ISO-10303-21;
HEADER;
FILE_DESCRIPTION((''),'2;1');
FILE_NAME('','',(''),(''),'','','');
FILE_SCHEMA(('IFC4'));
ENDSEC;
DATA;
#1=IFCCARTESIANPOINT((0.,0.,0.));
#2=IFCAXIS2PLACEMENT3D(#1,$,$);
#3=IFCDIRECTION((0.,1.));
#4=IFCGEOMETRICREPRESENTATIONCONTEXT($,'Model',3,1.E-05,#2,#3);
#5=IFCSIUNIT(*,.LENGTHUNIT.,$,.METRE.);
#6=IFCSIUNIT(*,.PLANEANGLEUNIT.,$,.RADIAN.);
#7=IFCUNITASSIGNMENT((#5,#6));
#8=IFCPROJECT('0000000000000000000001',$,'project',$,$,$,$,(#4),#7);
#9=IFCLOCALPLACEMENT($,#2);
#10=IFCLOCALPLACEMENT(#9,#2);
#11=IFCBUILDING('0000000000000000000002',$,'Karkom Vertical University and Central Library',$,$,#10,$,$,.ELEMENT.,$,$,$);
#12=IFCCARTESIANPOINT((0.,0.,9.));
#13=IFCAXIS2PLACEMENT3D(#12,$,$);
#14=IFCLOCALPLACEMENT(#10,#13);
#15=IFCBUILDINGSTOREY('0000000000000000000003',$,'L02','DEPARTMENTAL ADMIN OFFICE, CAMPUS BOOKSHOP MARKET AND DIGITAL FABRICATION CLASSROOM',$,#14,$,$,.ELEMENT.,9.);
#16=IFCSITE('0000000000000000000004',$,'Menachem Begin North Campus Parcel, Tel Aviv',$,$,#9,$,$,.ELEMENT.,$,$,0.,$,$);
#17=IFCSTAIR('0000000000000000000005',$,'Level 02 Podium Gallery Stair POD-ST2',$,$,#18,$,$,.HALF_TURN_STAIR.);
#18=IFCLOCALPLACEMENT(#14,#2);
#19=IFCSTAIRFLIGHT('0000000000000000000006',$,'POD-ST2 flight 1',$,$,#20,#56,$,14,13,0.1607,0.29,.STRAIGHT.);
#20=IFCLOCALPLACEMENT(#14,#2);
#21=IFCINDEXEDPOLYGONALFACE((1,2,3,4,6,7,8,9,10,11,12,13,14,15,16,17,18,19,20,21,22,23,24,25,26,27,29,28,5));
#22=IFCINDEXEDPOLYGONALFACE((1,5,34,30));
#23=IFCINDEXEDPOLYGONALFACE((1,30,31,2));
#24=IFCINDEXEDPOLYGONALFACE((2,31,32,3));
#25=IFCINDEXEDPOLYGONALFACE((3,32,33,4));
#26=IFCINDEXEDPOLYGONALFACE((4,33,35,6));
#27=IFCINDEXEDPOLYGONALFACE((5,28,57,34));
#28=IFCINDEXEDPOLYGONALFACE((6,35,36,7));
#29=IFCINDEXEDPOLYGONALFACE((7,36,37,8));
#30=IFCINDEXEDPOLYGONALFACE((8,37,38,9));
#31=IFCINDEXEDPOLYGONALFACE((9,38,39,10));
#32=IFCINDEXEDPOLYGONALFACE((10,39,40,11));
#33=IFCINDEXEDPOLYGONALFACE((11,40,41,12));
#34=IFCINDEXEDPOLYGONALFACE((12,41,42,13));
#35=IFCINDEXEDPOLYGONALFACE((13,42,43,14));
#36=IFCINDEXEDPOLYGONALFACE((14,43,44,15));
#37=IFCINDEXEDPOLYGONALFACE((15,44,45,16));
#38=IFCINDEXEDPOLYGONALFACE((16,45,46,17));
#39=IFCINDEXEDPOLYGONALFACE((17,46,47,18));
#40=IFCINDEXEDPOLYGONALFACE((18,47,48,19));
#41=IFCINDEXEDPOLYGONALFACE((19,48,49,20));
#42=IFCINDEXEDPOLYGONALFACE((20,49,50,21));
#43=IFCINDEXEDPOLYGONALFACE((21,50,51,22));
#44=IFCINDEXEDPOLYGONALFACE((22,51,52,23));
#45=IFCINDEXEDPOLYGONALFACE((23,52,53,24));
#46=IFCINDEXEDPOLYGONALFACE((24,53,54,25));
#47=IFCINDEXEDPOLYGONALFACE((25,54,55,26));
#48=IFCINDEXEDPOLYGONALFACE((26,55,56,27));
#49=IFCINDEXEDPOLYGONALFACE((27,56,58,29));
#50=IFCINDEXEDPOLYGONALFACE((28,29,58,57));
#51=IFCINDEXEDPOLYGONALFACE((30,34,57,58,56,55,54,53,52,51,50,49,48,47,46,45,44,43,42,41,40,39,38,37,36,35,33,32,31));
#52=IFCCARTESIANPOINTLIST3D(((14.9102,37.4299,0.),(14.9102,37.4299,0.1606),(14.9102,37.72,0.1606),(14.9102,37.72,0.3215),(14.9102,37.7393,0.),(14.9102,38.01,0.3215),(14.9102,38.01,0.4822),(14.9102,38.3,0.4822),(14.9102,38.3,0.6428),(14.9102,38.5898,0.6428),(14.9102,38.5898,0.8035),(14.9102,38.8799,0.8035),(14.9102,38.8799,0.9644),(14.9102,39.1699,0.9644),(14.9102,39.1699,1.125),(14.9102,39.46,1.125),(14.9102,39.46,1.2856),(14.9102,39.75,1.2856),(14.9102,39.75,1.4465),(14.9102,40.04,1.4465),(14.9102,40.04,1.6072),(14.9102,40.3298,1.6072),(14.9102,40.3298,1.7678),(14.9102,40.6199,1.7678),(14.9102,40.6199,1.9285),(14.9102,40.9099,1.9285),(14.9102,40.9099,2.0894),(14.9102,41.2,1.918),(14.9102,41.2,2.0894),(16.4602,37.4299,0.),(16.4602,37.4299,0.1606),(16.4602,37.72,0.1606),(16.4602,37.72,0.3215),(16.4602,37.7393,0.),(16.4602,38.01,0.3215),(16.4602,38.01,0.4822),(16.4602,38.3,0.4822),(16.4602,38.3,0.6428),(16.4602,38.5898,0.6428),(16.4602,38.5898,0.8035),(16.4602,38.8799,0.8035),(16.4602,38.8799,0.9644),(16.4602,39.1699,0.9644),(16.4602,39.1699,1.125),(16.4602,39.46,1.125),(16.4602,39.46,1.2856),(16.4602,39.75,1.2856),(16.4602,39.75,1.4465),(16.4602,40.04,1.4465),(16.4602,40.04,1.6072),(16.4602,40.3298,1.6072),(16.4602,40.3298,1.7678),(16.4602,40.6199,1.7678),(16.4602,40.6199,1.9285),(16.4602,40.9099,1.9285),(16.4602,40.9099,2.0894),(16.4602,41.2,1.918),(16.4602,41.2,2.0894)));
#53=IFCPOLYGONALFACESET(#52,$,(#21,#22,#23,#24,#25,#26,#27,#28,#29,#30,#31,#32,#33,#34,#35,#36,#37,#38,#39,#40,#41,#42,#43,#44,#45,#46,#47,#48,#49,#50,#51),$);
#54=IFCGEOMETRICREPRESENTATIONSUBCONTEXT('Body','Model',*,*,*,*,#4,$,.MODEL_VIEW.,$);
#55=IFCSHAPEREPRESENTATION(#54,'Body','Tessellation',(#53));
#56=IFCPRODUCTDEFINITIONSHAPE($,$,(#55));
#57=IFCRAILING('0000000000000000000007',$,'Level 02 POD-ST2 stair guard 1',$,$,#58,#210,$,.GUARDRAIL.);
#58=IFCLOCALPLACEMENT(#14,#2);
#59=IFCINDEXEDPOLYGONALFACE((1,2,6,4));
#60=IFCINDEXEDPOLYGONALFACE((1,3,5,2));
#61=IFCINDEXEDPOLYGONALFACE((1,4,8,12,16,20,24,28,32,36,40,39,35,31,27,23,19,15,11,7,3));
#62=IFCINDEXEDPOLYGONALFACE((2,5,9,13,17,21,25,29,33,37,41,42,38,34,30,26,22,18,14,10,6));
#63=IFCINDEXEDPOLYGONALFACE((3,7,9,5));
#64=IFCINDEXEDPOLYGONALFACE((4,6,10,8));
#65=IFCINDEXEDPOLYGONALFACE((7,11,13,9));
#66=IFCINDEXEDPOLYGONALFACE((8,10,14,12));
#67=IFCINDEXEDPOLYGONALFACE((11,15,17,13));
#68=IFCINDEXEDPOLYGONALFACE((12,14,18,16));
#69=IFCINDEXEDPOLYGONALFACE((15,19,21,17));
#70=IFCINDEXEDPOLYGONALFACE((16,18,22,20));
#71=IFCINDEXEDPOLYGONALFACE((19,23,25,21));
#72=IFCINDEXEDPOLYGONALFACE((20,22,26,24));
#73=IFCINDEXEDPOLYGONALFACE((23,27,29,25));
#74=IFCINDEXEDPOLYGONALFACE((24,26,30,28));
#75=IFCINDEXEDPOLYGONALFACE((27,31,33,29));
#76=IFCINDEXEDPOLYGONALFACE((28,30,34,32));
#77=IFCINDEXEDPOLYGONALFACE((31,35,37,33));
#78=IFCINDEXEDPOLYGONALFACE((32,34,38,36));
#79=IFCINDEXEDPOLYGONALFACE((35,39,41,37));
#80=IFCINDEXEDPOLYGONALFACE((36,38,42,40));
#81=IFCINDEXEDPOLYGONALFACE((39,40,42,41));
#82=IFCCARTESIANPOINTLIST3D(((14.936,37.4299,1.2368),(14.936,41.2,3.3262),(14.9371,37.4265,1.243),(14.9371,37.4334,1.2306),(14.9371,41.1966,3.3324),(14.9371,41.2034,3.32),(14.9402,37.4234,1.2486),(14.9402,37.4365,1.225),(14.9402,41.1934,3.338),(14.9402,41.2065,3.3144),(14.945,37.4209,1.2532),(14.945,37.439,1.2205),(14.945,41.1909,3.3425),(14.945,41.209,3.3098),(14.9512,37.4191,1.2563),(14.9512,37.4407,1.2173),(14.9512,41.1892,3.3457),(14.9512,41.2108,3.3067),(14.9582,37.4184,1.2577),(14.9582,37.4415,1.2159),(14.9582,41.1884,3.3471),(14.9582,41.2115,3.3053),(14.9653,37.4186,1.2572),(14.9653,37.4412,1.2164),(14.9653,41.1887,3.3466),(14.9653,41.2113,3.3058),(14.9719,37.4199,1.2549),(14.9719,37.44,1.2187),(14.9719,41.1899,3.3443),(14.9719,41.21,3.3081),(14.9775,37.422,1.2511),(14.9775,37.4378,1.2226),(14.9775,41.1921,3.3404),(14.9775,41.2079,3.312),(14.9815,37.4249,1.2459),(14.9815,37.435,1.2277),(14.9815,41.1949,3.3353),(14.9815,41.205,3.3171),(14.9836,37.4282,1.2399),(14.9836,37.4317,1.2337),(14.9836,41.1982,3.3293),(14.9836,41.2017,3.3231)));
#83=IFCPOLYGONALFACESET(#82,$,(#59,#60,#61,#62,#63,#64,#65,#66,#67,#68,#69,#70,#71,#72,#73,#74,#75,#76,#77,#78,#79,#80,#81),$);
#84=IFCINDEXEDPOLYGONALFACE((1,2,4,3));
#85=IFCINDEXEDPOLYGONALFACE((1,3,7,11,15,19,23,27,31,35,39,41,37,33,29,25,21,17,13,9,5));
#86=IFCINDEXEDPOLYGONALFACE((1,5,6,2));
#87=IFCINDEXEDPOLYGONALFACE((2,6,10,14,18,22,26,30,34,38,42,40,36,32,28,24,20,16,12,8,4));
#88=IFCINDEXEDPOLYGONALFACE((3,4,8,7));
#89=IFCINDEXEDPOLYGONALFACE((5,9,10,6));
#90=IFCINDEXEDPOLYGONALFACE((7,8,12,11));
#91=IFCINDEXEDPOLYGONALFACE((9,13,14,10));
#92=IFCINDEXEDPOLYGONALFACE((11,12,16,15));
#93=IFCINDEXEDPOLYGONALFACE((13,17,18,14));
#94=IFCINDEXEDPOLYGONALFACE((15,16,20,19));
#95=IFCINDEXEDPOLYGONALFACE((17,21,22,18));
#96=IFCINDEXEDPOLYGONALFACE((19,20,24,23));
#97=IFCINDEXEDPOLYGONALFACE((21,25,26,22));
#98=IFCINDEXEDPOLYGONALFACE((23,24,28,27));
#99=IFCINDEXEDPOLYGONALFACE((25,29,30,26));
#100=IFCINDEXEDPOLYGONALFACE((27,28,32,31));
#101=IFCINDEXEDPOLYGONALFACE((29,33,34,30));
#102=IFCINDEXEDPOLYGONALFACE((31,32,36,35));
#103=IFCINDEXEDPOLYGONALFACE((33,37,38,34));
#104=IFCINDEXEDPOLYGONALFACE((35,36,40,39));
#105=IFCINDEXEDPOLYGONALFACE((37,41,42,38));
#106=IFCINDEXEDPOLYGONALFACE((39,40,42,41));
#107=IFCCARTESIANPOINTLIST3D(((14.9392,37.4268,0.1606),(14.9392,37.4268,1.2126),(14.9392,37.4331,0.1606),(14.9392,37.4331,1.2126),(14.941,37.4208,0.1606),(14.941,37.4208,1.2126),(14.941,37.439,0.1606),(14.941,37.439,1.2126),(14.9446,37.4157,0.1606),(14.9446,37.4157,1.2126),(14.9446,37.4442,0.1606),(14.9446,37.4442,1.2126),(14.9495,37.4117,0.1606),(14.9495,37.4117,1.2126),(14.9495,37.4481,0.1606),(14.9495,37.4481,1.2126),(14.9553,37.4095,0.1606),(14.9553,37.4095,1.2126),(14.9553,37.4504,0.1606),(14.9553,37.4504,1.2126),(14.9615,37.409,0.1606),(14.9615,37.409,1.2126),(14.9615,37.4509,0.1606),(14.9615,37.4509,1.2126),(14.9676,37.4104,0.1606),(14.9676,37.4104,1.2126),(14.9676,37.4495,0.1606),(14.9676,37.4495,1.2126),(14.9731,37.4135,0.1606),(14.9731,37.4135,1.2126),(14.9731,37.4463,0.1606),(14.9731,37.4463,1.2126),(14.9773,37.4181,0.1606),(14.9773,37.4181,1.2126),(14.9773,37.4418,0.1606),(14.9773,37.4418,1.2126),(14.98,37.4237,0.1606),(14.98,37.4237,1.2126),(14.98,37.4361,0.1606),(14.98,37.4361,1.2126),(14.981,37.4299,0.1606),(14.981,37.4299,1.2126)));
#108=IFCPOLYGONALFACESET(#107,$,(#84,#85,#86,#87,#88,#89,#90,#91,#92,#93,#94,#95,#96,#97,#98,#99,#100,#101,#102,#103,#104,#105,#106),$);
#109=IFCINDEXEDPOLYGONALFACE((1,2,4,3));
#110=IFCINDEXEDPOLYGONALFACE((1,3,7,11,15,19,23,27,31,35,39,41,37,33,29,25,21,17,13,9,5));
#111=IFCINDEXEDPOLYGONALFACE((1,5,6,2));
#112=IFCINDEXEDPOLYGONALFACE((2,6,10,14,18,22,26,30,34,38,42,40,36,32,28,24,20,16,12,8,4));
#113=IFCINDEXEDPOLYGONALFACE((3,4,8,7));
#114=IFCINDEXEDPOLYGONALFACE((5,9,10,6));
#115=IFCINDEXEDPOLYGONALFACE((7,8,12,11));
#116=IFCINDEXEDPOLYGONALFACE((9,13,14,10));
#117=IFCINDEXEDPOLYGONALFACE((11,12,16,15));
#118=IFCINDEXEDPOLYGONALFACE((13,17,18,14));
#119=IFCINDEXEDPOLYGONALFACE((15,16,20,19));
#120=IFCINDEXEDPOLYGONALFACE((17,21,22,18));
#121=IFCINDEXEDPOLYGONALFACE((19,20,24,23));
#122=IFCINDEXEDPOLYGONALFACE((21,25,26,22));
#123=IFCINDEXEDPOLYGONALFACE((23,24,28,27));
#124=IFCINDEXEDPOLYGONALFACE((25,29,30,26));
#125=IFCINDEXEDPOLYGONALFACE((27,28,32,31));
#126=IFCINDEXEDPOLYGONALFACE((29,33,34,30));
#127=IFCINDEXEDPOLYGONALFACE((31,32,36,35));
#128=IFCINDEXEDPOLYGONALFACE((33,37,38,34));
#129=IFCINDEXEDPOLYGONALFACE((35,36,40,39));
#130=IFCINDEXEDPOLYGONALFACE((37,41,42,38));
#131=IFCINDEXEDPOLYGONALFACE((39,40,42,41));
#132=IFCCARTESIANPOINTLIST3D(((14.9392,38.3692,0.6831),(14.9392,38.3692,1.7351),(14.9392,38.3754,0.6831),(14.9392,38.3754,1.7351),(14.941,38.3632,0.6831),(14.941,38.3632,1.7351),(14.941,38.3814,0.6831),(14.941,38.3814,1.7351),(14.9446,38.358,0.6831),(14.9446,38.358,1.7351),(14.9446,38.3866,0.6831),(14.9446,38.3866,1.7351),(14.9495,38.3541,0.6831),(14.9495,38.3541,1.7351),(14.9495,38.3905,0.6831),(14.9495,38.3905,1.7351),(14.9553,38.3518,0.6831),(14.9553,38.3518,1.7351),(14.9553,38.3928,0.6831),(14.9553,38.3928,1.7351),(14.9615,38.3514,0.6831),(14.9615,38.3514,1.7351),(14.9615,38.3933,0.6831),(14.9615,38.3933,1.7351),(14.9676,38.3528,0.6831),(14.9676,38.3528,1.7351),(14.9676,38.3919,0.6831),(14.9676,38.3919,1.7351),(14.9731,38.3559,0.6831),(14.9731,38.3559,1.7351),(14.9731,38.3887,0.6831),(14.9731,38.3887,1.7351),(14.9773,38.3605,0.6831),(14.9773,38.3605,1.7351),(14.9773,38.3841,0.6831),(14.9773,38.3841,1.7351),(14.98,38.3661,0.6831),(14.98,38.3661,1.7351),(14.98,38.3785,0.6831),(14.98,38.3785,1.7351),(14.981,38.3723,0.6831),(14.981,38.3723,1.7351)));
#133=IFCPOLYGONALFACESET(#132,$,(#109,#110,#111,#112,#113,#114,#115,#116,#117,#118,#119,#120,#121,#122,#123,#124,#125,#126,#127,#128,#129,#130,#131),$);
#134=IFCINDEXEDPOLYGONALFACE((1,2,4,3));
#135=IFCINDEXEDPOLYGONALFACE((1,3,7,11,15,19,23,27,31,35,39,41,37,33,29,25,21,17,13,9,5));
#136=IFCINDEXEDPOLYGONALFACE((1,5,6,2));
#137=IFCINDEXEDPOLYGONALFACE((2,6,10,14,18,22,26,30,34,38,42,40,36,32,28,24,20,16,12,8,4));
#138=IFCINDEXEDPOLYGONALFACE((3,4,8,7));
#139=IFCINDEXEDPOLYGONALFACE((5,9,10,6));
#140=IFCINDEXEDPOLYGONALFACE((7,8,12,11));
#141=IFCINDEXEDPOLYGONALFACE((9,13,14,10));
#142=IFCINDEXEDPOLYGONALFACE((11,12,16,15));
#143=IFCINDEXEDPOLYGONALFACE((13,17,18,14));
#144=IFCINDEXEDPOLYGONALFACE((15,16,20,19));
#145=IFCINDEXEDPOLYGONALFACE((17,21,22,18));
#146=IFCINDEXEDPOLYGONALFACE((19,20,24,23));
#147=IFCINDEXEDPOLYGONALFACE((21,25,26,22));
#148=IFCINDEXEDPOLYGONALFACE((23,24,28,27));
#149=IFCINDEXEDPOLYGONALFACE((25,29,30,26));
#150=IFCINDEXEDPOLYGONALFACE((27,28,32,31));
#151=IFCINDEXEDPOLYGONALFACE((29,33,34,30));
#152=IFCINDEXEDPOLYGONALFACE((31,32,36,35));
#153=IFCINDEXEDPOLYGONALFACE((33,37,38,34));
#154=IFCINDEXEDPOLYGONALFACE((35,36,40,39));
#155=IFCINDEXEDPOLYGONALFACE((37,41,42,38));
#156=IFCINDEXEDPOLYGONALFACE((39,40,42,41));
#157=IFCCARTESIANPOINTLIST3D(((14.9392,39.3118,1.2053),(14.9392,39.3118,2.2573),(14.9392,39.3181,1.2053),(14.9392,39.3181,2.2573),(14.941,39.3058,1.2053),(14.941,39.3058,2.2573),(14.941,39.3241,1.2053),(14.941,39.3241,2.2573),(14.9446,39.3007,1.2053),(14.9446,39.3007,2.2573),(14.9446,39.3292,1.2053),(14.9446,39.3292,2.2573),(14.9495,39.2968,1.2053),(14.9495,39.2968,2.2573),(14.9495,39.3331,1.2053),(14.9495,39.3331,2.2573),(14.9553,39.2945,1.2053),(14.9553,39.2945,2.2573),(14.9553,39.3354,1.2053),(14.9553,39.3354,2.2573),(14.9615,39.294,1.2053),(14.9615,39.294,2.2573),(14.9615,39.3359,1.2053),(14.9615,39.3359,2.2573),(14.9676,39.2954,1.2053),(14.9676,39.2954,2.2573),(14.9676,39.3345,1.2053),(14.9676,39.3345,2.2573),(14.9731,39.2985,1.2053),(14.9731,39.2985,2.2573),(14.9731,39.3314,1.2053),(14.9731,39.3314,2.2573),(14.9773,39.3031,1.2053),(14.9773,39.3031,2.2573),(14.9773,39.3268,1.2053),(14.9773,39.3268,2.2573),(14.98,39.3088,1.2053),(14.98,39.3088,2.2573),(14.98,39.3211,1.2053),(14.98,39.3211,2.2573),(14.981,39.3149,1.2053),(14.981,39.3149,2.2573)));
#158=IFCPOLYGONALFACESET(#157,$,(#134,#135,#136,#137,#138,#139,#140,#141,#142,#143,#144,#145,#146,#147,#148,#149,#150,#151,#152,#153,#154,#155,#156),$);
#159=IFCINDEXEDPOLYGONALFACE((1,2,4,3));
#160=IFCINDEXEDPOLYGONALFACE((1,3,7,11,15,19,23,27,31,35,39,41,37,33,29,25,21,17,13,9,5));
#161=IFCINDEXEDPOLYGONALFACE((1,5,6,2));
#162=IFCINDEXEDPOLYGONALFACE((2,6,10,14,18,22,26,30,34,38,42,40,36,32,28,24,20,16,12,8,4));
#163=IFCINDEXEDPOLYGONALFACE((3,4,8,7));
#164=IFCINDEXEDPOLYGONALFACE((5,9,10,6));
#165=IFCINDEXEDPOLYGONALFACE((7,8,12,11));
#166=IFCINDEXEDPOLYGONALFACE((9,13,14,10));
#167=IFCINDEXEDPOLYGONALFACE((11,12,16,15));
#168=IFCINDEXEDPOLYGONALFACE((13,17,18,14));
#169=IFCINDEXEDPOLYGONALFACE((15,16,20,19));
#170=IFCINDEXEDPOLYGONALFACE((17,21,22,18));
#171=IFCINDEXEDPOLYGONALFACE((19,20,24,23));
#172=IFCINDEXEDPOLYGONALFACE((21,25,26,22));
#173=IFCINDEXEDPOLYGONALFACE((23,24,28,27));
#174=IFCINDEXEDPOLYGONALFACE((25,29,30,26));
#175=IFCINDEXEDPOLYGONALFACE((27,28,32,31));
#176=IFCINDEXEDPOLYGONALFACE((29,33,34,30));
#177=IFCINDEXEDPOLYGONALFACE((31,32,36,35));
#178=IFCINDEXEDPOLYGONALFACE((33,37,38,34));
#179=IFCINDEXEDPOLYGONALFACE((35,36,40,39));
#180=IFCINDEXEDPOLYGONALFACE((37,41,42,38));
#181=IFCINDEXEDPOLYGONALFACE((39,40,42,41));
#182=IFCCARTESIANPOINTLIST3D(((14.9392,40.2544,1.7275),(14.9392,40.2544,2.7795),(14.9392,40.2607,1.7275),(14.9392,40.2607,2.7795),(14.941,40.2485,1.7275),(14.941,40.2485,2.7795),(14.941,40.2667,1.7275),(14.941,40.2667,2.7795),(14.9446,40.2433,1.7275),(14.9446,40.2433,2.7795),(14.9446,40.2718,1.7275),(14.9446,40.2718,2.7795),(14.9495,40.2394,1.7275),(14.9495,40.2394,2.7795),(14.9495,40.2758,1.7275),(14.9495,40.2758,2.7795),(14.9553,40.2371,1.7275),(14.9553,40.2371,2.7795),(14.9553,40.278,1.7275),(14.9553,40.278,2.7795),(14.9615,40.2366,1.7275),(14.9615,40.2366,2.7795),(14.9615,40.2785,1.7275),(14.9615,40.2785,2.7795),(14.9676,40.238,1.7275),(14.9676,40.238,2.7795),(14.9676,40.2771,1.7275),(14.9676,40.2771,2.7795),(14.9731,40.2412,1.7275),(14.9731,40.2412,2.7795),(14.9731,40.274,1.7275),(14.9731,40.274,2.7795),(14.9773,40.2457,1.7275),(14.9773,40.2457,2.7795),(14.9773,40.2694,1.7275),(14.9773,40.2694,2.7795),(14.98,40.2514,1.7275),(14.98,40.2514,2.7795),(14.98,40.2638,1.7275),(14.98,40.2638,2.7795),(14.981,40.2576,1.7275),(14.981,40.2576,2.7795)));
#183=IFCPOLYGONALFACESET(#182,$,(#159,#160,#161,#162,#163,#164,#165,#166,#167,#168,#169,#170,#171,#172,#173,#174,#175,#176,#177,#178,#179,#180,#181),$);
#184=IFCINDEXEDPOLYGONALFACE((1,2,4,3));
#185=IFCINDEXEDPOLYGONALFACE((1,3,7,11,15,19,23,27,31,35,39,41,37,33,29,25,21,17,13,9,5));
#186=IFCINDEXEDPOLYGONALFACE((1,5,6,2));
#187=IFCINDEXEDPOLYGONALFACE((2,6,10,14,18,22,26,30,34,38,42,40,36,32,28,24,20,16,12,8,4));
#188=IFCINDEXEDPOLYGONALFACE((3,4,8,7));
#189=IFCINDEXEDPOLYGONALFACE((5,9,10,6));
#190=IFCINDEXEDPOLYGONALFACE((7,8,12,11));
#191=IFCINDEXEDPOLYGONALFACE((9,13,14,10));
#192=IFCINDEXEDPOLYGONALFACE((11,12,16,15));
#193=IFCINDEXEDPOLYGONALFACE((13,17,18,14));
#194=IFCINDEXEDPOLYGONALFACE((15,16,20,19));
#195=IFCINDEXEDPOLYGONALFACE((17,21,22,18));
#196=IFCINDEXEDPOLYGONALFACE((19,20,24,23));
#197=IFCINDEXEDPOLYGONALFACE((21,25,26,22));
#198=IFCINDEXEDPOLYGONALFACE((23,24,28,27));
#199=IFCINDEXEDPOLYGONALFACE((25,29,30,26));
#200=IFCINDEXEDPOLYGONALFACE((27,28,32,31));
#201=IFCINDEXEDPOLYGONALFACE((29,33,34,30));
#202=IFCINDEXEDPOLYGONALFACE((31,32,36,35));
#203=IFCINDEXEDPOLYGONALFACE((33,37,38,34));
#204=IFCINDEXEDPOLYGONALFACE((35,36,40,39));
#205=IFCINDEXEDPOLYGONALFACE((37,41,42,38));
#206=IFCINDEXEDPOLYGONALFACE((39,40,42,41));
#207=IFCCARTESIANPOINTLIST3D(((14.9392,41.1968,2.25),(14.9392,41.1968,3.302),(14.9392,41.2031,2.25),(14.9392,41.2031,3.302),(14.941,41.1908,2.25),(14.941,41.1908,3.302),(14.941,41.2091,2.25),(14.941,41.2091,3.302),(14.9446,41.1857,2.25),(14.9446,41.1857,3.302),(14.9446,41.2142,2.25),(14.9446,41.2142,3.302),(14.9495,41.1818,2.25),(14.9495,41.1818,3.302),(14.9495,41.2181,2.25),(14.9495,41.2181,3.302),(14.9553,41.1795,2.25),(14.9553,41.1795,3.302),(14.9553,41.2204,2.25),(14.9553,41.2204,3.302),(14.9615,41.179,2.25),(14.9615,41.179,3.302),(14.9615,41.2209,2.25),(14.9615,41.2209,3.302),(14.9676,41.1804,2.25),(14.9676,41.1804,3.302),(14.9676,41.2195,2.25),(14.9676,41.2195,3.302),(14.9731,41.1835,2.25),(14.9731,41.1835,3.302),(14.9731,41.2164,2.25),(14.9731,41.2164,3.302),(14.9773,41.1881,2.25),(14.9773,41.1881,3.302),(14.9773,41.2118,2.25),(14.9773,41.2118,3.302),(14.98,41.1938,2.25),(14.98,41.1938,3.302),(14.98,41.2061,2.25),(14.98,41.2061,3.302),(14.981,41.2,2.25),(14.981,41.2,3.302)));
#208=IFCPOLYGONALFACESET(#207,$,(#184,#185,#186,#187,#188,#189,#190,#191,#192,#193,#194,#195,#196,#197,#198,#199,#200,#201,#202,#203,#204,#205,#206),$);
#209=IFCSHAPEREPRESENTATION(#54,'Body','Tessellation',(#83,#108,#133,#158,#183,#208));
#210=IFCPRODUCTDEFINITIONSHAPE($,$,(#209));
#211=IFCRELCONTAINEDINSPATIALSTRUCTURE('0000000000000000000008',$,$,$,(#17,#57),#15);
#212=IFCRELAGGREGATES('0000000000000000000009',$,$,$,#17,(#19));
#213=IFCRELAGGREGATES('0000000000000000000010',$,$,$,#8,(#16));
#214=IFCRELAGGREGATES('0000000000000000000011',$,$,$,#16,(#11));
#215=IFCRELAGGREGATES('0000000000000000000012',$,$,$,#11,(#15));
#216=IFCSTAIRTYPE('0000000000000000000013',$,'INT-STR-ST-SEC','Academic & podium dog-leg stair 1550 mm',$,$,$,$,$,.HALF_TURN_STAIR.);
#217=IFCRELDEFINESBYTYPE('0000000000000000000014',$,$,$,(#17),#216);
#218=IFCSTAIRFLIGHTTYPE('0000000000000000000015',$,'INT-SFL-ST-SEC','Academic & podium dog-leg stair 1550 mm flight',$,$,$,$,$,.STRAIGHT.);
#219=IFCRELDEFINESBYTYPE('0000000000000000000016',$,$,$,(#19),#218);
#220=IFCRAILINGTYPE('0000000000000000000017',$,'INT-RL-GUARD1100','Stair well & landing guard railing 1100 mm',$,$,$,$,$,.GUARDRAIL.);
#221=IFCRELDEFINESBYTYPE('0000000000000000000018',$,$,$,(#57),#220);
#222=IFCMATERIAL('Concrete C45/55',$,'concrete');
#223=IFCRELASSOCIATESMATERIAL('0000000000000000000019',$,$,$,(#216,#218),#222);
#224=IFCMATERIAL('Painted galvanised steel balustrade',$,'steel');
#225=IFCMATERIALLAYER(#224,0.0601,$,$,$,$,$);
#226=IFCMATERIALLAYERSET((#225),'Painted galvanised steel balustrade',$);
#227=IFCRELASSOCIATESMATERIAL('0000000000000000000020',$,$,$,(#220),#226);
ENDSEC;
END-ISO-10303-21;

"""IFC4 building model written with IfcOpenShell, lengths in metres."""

from ifc_helpers import new_model, si_unit, direction, frame, origin, origin_2d, place, context, subcontext, project, spatial, polyline, circle, outline, extrude, material, layer, layer_set, type_object, element, aggregate, save


model = new_model("IFC4")

# Units and contexts
model_context = context("Model", 3, precision=1e-05, world=origin(), true_north=direction((0.0, 1.0)))
body_context = subcontext(model_context, "Body", "Model", "MODEL_VIEW")
ifc_project = project(units=[si_unit("LENGTHUNIT", "METRE"), si_unit("PLANEANGLEUNIT", "RADIAN")], contexts=[model_context])

# Site, building, storey
site_placement = place(None, origin())
site = spatial("IfcSite", under=ifc_project, at=site_placement, Name="Menachem Begin North Campus Parcel, Tel Aviv", CompositionType="ELEMENT", RefElevation=0.0)
building_placement = place(site_placement, origin())
building = spatial("IfcBuilding", under=site, at=building_placement, Name="Karkom Vertical University and Central Library", CompositionType="ELEMENT")
storey_placement = place(building_placement, frame((0.0, 0.0, 9.0)))
storey = spatial("IfcBuildingStorey", under=building, at=storey_placement, Name="L02", Description="DEPARTMENTAL ADMIN OFFICE, CAMPUS BOOKSHOP MARKET AND DIGITAL FABRICATION CLASSROOM", CompositionType="ELEMENT", Elevation=9.0)

# Shared definitions
ifc_material_1 = material(Name="Concrete C45/55", Category="concrete")

# Stair, stair flight
stair_type = type_object("IfcStairType", Name="INT-STR-ST-SEC", Description="Academic & podium dog-leg stair 1550 mm", PredefinedType="HALF_TURN_STAIR", material=ifc_material_1)
stair_placement = place(storey_placement, origin())
stair = element("IfcStair", 1, at=stair_placement, inside=storey, type_object=stair_type, Name="Level 02 Podium Gallery Stair POD-ST2", PredefinedType="HALF_TURN_STAIR")
stair_flight_type = type_object("IfcStairFlightType", Name="INT-SFL-ST-SEC", Description="Academic & podium dog-leg stair 1550 mm flight", PredefinedType="STRAIGHT", material=ifc_material_1)
stair_flight_placement = place(storey_placement, frame((15.6851, 37.4299, 0.0), z_axis=(0.0, 0.0, 1.0), x_axis=(0.0, 1.0, 0.0)))
stair_flight = element("IfcStairFlight", 2, at=stair_flight_placement, type_object=stair_flight_type, Name="POD-ST2 flight 1", NumberOfRisers=14, NumberOfTreads=13, PredefinedType="STRAIGHT", RiserHeight=0.1607, TreadLength=0.29, context=body_context, shape_type="SweptSolid", body=[
    extrude(outline(polyline([(0.0, 0.0), (0.0, 0.1606), (0.29, 0.1606), (0.29, 0.3215), (0.5801, 0.3215), (0.5801, 0.4822), (0.8701, 0.4822), (0.8701, 0.6428), (1.1599, 0.6428), (1.1599, 0.8035), (1.45, 0.8035), (1.45, 0.9644), (1.74, 0.9644), (1.74, 1.125), (2.03, 1.125), (2.03, 1.2856), (2.3201, 1.2856), (2.3201, 1.4465), (2.6101, 1.4465), (2.6101, 1.6072), (2.8999, 1.6072), (2.8999, 1.7678), (3.1899, 1.7678), (3.1899, 1.9285), (3.48, 1.9285), (3.48, 2.0894), (3.77, 2.0894), (3.77, 2.25), (3.77, 1.918), (0.3093, 0.0), (0.0, 0.0)])), frame((0.0, 0.7749, 0.0), z_axis=(0.0, -1.0, 0.0), x_axis=(1.0, 0.0, 0.0)), (0.0, 0.0, 1.0), 1.55),
])
aggregate(stair, [stair_flight])

# Railing
ifc_material_2 = material(Name="Painted galvanised steel balustrade", Category="steel")
ifc_layer_1 = layer(ifc_material_2, 0.0601)
ifc_layer_set_1 = layer_set([ifc_layer_1], Name="Painted galvanised steel balustrade")
railing_type_1 = type_object("IfcRailingType", Name="INT-RL-GUARD1100", Description="Stair well & landing guard railing 1100 mm", PredefinedType="GUARDRAIL", material=ifc_layer_set_1)
railing_1_placement = place(storey_placement, frame((14.96, 37.4299, 0.1606)))
element("IfcRailing", 3, at=railing_1_placement, inside=storey, type_object=railing_type_1, Name="Level 02 POD-ST2 stair guard 1", PredefinedType="GUARDRAIL", context=body_context, shape_type="SweptSolid", body=[
    extrude(circle(Radius=0.0239, at=origin_2d()), frame((0.0, 0.0, 1.0762), z_axis=(0.0, 0.874659, 0.484739), x_axis=(-1.0, 0.0, 0.0)), (0.0, 0.0, 1.0), 4.3103),
    extrude(circle(Radius=0.021, at=origin_2d()), origin(), (0.0, 0.0, 1.0), 1.052),
    extrude(circle(Radius=0.021, at=origin_2d()), frame((0.0, 0.9424, 0.5225)), (0.0, 0.0, 1.0), 1.052),
    extrude(circle(Radius=0.021, at=origin_2d()), frame((0.0, 1.885, 1.0447)), (0.0, 0.0, 1.0), 1.052),
    extrude(circle(Radius=0.021, at=origin_2d()), frame((0.0, 2.8276, 1.5669)), (0.0, 0.0, 1.0), 1.052),
    extrude(circle(Radius=0.021, at=origin_2d()), frame((0.0, 3.77, 2.0894)), (0.0, 0.0, 1.0), 1.052),
])

save(model, "model.ifc")
